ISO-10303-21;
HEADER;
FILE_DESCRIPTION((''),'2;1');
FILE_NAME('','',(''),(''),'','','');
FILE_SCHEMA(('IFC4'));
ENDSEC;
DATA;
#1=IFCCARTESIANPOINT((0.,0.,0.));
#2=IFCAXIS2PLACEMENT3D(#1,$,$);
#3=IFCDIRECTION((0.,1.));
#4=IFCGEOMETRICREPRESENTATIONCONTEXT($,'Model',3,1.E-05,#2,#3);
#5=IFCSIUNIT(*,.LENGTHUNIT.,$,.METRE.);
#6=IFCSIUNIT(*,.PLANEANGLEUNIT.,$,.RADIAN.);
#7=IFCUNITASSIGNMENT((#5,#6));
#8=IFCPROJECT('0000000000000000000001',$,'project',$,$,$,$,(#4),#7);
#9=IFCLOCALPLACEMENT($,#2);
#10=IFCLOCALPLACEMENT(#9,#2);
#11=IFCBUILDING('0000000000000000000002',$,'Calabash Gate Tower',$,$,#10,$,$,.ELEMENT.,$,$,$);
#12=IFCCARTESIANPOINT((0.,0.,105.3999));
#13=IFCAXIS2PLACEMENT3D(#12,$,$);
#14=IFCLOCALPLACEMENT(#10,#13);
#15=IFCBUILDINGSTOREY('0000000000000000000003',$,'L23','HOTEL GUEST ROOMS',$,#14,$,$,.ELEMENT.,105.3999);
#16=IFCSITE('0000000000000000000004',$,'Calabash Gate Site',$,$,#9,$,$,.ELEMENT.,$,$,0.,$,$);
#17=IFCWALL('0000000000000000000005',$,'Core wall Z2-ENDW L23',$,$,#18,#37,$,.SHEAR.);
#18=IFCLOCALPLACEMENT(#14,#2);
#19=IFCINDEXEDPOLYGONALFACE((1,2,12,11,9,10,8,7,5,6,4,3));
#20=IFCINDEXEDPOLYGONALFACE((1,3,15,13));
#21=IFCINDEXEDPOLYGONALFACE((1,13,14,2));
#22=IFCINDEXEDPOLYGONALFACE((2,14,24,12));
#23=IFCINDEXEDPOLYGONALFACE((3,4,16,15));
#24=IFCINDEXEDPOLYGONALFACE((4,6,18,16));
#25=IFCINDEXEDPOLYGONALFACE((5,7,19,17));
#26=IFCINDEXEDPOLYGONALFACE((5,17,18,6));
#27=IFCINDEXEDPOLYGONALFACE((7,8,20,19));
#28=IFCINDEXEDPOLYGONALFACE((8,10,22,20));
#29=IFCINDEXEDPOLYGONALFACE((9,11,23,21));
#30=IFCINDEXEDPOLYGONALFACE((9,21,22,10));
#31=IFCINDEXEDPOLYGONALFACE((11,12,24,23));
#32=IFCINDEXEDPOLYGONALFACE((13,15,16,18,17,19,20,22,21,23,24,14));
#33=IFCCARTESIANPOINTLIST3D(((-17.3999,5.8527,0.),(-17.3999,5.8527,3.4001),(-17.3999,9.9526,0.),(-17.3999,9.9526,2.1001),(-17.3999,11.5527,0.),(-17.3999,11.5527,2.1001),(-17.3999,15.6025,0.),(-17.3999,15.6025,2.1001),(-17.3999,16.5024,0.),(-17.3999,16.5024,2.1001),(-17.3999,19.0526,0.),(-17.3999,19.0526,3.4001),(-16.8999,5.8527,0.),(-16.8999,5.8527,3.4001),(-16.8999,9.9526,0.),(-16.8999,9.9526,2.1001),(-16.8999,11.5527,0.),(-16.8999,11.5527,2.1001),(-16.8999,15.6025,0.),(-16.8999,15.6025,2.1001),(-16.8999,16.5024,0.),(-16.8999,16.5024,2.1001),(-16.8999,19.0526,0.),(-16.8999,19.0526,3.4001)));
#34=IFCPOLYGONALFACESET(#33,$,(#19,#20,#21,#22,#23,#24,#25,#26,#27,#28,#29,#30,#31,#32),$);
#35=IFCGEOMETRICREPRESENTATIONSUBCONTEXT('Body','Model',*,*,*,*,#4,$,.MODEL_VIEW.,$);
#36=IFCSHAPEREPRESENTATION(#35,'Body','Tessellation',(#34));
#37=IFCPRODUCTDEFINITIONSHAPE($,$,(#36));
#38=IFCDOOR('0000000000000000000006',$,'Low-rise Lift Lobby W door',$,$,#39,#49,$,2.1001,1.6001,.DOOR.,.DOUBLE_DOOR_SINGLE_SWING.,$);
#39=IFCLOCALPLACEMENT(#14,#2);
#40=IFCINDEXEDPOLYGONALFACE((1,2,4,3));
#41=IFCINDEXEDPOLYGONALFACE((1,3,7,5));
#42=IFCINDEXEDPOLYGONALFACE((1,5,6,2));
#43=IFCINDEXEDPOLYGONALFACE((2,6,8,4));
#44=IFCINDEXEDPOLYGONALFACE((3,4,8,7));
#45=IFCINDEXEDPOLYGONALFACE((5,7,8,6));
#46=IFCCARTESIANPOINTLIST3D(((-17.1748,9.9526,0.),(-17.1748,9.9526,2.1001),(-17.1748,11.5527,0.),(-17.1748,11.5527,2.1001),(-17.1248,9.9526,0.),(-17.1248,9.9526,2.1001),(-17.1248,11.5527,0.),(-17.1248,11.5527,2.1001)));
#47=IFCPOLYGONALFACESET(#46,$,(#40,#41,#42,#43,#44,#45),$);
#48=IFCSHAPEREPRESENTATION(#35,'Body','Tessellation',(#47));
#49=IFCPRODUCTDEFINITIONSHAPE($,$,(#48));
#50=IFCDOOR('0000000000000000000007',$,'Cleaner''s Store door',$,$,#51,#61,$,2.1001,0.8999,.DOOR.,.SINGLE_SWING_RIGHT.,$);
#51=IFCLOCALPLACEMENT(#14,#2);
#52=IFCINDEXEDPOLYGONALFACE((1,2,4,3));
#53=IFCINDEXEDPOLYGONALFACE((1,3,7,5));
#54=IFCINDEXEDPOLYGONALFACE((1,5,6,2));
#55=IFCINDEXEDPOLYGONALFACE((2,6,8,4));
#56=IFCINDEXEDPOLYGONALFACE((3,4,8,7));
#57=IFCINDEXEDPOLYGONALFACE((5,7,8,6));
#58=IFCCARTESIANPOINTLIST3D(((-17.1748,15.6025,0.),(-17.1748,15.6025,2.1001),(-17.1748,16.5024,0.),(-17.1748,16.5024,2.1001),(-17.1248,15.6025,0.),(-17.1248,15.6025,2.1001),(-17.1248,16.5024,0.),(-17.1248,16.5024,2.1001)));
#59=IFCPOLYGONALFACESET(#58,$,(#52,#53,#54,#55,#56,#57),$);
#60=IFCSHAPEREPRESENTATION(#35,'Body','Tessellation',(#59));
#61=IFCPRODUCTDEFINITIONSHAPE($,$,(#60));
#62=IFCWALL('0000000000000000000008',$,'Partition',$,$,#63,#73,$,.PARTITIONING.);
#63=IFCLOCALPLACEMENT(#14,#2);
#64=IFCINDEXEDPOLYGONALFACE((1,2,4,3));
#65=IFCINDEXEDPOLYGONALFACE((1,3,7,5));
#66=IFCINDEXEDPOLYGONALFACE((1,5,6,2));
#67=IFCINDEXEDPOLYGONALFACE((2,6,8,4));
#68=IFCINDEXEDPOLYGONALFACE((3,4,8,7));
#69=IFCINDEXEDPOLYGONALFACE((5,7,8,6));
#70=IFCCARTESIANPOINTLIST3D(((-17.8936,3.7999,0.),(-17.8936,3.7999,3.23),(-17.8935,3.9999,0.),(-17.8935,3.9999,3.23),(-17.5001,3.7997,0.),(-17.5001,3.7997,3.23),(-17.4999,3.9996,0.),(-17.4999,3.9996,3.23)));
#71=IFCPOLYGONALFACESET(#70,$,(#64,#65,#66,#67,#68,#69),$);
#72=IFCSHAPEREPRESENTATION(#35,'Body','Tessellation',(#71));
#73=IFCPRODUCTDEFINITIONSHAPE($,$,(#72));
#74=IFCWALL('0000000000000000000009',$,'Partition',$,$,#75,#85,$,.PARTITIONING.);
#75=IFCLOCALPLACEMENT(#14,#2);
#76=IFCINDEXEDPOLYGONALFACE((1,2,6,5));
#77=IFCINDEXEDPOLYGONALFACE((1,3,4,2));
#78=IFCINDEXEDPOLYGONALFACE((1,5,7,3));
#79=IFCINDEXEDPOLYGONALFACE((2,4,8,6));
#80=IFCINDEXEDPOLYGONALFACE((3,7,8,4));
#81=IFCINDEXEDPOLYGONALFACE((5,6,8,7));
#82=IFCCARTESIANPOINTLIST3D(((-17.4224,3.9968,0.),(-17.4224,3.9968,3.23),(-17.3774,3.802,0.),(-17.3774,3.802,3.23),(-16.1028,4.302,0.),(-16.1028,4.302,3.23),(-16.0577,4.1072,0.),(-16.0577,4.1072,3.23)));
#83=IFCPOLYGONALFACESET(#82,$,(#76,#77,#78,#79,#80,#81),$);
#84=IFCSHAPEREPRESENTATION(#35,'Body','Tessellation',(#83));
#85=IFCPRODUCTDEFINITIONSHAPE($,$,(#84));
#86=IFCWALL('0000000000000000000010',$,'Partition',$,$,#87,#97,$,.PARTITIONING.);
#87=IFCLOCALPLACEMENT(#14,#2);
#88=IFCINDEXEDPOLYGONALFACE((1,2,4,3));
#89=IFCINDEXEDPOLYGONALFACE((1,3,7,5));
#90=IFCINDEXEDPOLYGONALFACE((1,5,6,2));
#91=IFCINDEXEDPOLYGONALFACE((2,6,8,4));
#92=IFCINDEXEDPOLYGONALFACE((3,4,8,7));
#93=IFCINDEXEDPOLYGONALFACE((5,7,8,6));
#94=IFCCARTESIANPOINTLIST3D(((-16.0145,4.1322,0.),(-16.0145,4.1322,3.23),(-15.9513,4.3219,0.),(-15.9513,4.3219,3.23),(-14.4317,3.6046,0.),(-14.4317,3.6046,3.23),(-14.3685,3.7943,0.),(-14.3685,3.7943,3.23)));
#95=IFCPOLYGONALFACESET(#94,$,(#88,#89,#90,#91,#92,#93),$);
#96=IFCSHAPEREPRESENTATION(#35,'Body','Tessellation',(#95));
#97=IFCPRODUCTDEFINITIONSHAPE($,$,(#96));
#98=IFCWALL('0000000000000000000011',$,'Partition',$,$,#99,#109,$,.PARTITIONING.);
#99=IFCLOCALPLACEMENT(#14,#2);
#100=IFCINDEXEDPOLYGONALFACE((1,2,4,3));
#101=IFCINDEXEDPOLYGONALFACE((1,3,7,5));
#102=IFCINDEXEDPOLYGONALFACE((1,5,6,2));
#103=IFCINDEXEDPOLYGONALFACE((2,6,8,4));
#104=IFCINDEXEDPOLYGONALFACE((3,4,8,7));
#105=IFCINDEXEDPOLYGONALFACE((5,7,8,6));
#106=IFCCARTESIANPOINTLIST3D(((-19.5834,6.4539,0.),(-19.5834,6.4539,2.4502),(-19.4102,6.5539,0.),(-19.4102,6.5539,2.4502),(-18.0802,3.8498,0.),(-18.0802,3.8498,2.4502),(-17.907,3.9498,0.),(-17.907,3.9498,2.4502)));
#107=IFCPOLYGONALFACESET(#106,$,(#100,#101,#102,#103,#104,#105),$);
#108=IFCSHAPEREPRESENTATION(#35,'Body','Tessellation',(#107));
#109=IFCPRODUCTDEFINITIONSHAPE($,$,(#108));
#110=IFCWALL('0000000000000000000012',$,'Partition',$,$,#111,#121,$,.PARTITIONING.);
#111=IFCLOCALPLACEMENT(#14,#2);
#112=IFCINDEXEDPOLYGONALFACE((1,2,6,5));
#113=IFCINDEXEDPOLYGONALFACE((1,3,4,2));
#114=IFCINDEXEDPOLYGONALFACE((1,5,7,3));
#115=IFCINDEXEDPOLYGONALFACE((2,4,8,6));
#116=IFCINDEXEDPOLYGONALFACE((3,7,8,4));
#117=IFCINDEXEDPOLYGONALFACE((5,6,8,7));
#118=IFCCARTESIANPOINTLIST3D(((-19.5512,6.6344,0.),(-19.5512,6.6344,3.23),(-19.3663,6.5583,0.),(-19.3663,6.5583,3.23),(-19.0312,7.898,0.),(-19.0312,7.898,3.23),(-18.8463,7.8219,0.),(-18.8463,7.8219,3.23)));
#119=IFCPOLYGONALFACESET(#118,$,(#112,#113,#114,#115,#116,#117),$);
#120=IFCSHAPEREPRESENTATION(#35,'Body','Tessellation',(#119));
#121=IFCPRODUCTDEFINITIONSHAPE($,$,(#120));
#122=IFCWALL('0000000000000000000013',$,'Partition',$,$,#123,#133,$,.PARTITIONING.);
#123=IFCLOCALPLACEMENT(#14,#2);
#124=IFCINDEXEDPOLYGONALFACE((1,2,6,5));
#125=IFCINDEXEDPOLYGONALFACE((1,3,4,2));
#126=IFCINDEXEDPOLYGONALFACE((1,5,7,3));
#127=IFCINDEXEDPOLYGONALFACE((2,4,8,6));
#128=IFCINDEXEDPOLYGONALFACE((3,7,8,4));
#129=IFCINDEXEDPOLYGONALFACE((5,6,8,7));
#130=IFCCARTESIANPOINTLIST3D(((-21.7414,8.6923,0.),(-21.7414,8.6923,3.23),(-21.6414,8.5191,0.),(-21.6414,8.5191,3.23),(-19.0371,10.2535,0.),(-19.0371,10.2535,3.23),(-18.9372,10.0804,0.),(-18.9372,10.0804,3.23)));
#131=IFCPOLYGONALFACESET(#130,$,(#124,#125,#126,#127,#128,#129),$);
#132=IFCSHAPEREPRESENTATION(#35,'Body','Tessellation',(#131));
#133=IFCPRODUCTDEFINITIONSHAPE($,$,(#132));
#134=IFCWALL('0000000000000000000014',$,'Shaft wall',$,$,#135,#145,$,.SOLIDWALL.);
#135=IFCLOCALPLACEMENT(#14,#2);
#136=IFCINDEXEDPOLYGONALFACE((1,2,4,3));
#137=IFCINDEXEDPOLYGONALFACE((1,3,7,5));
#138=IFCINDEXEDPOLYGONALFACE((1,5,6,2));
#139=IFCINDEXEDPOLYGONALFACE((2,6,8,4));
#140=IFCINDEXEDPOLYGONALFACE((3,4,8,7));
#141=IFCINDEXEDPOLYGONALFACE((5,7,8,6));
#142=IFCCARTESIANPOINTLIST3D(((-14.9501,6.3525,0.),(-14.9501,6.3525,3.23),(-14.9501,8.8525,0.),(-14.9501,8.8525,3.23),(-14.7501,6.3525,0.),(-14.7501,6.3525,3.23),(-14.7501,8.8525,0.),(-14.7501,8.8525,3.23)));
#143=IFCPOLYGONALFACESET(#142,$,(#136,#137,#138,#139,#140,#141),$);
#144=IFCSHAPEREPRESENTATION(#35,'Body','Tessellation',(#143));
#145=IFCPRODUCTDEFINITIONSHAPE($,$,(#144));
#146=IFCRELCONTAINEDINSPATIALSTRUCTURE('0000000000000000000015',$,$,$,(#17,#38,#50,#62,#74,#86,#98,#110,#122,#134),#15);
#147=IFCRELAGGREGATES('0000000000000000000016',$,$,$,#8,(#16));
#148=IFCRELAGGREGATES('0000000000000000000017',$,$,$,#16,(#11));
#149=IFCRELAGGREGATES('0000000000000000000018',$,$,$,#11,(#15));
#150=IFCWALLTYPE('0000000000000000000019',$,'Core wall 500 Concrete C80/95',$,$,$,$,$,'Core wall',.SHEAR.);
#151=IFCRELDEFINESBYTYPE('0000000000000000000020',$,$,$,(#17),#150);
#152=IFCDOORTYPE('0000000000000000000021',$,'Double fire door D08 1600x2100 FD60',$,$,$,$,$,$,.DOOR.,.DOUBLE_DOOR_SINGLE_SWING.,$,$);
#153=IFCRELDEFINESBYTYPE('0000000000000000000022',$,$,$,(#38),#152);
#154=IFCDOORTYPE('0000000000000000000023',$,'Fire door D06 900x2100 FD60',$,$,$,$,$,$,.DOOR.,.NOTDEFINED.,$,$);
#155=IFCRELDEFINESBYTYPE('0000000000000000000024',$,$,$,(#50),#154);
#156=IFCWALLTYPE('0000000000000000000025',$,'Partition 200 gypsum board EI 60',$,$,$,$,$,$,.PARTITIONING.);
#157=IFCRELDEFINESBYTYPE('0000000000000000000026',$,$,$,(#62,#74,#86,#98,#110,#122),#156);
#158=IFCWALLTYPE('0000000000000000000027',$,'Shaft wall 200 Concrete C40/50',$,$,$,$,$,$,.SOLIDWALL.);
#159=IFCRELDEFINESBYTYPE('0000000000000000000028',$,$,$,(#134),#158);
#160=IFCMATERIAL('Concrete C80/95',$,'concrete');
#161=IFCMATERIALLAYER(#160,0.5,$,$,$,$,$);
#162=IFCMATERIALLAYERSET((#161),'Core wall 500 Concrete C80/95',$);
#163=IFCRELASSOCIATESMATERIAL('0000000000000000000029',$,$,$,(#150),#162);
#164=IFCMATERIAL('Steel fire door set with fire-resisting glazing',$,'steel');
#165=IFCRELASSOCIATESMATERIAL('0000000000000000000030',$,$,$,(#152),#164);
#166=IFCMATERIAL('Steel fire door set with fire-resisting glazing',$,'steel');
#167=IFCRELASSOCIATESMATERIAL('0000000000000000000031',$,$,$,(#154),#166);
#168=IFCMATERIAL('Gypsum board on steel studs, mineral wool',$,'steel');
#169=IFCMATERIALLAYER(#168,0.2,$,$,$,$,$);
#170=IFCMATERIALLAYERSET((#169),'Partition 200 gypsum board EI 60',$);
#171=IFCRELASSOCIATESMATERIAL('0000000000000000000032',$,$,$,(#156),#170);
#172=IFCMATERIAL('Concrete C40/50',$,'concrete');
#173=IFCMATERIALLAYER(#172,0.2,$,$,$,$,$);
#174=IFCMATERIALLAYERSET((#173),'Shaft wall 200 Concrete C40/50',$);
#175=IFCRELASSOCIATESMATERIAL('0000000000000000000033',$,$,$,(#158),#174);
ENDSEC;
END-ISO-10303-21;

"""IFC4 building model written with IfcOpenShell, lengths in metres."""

from ifc_helpers import new_model, si_unit, direction, frame, frame_2d, origin, place, context, subcontext, project, spatial, rectangle, extrude, material, layer, layer_set, type_object, element, fill, save


model = new_model("IFC4")

# Units and contexts
model_context = context("Model", 3, precision=1e-05, world=origin(), true_north=direction((0.0, 1.0)))
body_context = subcontext(model_context, "Body", "Model", "MODEL_VIEW")
ifc_project = project(units=[si_unit("LENGTHUNIT", "METRE"), si_unit("PLANEANGLEUNIT", "RADIAN")], contexts=[model_context])

# Site, building, storey
site_placement = place(None, origin())
site = spatial("IfcSite", under=ifc_project, at=site_placement, Name="Calabash Gate Site", CompositionType="ELEMENT", RefElevation=0.0)
building_placement = place(site_placement, origin())
building = spatial("IfcBuilding", under=site, at=building_placement, Name="Calabash Gate Tower", CompositionType="ELEMENT")
storey_placement = place(building_placement, frame((0.0, 0.0, 105.3999)))
storey = spatial("IfcBuildingStorey", under=building, at=storey_placement, Name="L23", Description="HOTEL GUEST ROOMS", CompositionType="ELEMENT", Elevation=105.3999)

# Wall, openings, doors
ifc_material_1 = material(Name="Concrete C80/95", Category="concrete")
ifc_layer_1 = layer(ifc_material_1, 0.5)
ifc_layer_set_1 = layer_set([ifc_layer_1], Name="Core wall 500 Concrete C80/95")
wall_type_1 = type_object("IfcWallType", Name="Core wall 500 Concrete C80/95", ElementType="Core wall", PredefinedType="SHEAR", material=ifc_layer_set_1)
wall_1_placement = place(storey_placement, frame((-17.1499, 5.8525, 0.0), z_axis=(0.0, 0.0, 1.0), x_axis=(0.0, 1.0, 0.0)))
wall_1 = element("IfcWall", 1, at=wall_1_placement, inside=storey, type_object=wall_type_1, Name="Core wall Z2-ENDW L23", PredefinedType="SHEAR", context=body_context, shape_type="SweptSolid", body=[
    extrude(rectangle(XDim=13.2, YDim=0.5, at=frame_2d((6.6001, 0.0))), origin(), (0.0, 0.0, 1.0), 3.4001),
])
opening_1_placement = place(wall_1_placement, frame((4.1001, 0.0, 0.0)))
opening_1 = element("IfcOpeningElement", 2, at=opening_1_placement, cuts=wall_1, PredefinedType="OPENING", context=body_context, shape_type="SweptSolid", body=[
    extrude(rectangle(XDim=1.6001, YDim=2.1001, at=frame_2d((0.8, 1.05))), frame((0.0, 0.26, 0.0), z_axis=(0.0, -1.0, 0.0), x_axis=(1.0, 0.0, 0.0)), (0.0, 0.0, 1.0), 0.52),
])
opening_2_placement = place(wall_1_placement, frame((9.75, 0.0, 0.0)))
opening_2 = element("IfcOpeningElement", 3, at=opening_2_placement, cuts=wall_1, PredefinedType="OPENING", context=body_context, shape_type="SweptSolid", body=[
    extrude(rectangle(XDim=0.8999, YDim=2.1001, at=frame_2d((0.45, 1.05))), frame((0.0, 0.26, 0.0), z_axis=(0.0, -1.0, 0.0), x_axis=(1.0, 0.0, 0.0)), (0.0, 0.0, 1.0), 0.52),
])
ifc_material_2 = material(Name="Steel fire door set with fire-resisting glazing", Category="steel")
door_type_1 = type_object("IfcDoorType", Name="Double fire door D08 1600x2100 FD60", OperationType="DOUBLE_DOOR_SINGLE_SWING", PredefinedType="DOOR", material=ifc_material_2)
door_1_placement = place(opening_1_placement, origin())
door_1 = element("IfcDoor", 4, at=door_1_placement, inside=storey, type_object=door_type_1, Name="Low-rise Lift Lobby W door", OperationType="DOUBLE_DOOR_SINGLE_SWING", OverallHeight=2.1001, OverallWidth=1.6001, PredefinedType="DOOR", context=body_context, shape_type="SweptSolid", body=[
    extrude(rectangle(XDim=1.6001, YDim=2.1001, at=frame_2d((0.8, 1.05))), frame((0.0, 0.0249, 0.0), z_axis=(0.0, -1.0, 0.0), x_axis=(1.0, 0.0, 0.0)), (0.0, 0.0, 1.0), 0.05),
])
fill(opening_1, door_1)
ifc_material_3 = material(Name="Steel fire door set with fire-resisting glazing", Category="steel")
door_type_2 = type_object("IfcDoorType", Name="Fire door D06 900x2100 FD60", OperationType="NOTDEFINED", PredefinedType="DOOR", material=ifc_material_3)
door_2_placement = place(opening_2_placement, origin())
door_2 = element("IfcDoor", 5, at=door_2_placement, inside=storey, type_object=door_type_2, Name="Cleaner's Store door", OperationType="SINGLE_SWING_RIGHT", OverallHeight=2.1001, OverallWidth=0.8999, PredefinedType="DOOR", context=body_context, shape_type="SweptSolid", body=[
    extrude(rectangle(XDim=0.8999, YDim=2.1001, at=frame_2d((0.45, 1.05))), frame((0.0, 0.0249, 0.0), z_axis=(0.0, -1.0, 0.0), x_axis=(1.0, 0.0, 0.0)), (0.0, 0.0, 1.0), 0.05),
])
fill(opening_2, door_2)

# Walls
ifc_material_4 = material(Name="Gypsum board on steel studs, mineral wool", Category="steel")
ifc_layer_2 = layer(ifc_material_4, 0.2)
ifc_layer_set_2 = layer_set([ifc_layer_2], Name="Partition 200 gypsum board EI 60")
wall_type_2 = type_object("IfcWallType", Name="Partition 200 gypsum board EI 60", PredefinedType="PARTITIONING", material=ifc_layer_set_2)
wall_2_placement = place(storey_placement, frame((-17.8936, 3.8999, 0.0), z_axis=(0.0, 0.0, 1.0), x_axis=(1.0, -0.00062, 0.0)))
element("IfcWall", 6, at=wall_2_placement, inside=storey, type_object=wall_type_2, Name="Partition", PredefinedType="PARTITIONING", context=body_context, shape_type="SweptSolid", body=[
    extrude(rectangle(XDim=0.3936, YDim=0.2, at=frame_2d((0.1968, 0.0))), origin(), (0.0, 0.0, 1.0), 3.23),
])
wall_3_placement = place(storey_placement, frame((-17.3999, 3.8994, 0.0), z_axis=(0.0, 0.0, 1.0), x_axis=(0.974285, 0.22532, 0.0)))
element("IfcWall", 7, at=wall_3_placement, inside=storey, type_object=wall_type_2, Name="Partition", PredefinedType="PARTITIONING", context=body_context, shape_type="SweptSolid", body=[
    extrude(rectangle(XDim=1.3545, YDim=0.2, at=frame_2d((0.6772, 0.0))), origin(), (0.0, 0.0, 1.0), 3.23),
])
wall_4_placement = place(storey_placement, frame((-15.9829, 4.2271, 0.0), z_axis=(0.0, 0.0, 1.0), x_axis=(0.948683, -0.316228, 0.0)))
element("IfcWall", 8, at=wall_4_placement, inside=storey, type_object=wall_type_2, Name="Partition", PredefinedType="PARTITIONING", context=body_context, shape_type="SweptSolid", body=[
    extrude(rectangle(XDim=1.6685, YDim=0.2, at=frame_2d((0.8342, 0.0))), origin(), (0.0, 0.0, 1.0), 3.23),
])
wall_5_placement = place(storey_placement, frame((-19.4968, 6.5039, 0.0), z_axis=(0.0, 0.0, 1.0), x_axis=(0.499938, -0.866061, 0.0)))
element("IfcWall", 9, at=wall_5_placement, inside=storey, type_object=wall_type_2, Name="Partition", PredefinedType="PARTITIONING", context=body_context, shape_type="SweptSolid", body=[
    extrude(rectangle(XDim=3.0068, YDim=0.2, at=frame_2d((1.5034, 0.0))), origin(), (0.0, 0.0, 1.0), 2.4502),
])
wall_6_placement = place(storey_placement, frame((-19.4587, 6.5964, 0.0), z_axis=(0.0, 0.0, 1.0), x_axis=(0.380552, 0.924759, 0.0)))
element("IfcWall", 10, at=wall_6_placement, inside=storey, type_object=wall_type_2, Name="Partition", PredefinedType="PARTITIONING", context=body_context, shape_type="SweptSolid", body=[
    extrude(rectangle(XDim=1.3665, YDim=0.2, at=frame_2d((0.6831, 0.0))), origin(), (0.0, 0.0, 1.0), 3.23),
])
wall_7_placement = place(storey_placement, frame((-21.6914, 8.6057, 0.0), z_axis=(0.0, 0.0, 1.0), x_axis=(0.866036, 0.499982, 0.0)))
element("IfcWall", 11, at=wall_7_placement, inside=storey, type_object=wall_type_2, Name="Partition", PredefinedType="PARTITIONING", context=body_context, shape_type="SweptSolid", body=[
    extrude(rectangle(XDim=3.1226, YDim=0.2, at=frame_2d((1.5613, 0.0))), origin(), (0.0, 0.0, 1.0), 3.23),
])
ifc_material_5 = material(Name="Concrete C40/50", Category="concrete")
ifc_layer_3 = layer(ifc_material_5, 0.2)
ifc_layer_set_3 = layer_set([ifc_layer_3], Name="Shaft wall 200 Concrete C40/50")
wall_type_3 = type_object("IfcWallType", Name="Shaft wall 200 Concrete C40/50", PredefinedType="SOLIDWALL", material=ifc_layer_set_3)
wall_8_placement = place(storey_placement, frame((-14.8501, 6.3525, 0.0), z_axis=(0.0, 0.0, 1.0), x_axis=(0.0, 1.0, 0.0)))
element("IfcWall", 12, at=wall_8_placement, inside=storey, type_object=wall_type_3, Name="Shaft wall", PredefinedType="SOLIDWALL", context=body_context, shape_type="SweptSolid", body=[
    extrude(rectangle(XDim=2.5, YDim=0.2, at=frame_2d((1.25, 0.0))), origin(), (0.0, 0.0, 1.0), 3.23),
])

save(model, "model.ifc")
